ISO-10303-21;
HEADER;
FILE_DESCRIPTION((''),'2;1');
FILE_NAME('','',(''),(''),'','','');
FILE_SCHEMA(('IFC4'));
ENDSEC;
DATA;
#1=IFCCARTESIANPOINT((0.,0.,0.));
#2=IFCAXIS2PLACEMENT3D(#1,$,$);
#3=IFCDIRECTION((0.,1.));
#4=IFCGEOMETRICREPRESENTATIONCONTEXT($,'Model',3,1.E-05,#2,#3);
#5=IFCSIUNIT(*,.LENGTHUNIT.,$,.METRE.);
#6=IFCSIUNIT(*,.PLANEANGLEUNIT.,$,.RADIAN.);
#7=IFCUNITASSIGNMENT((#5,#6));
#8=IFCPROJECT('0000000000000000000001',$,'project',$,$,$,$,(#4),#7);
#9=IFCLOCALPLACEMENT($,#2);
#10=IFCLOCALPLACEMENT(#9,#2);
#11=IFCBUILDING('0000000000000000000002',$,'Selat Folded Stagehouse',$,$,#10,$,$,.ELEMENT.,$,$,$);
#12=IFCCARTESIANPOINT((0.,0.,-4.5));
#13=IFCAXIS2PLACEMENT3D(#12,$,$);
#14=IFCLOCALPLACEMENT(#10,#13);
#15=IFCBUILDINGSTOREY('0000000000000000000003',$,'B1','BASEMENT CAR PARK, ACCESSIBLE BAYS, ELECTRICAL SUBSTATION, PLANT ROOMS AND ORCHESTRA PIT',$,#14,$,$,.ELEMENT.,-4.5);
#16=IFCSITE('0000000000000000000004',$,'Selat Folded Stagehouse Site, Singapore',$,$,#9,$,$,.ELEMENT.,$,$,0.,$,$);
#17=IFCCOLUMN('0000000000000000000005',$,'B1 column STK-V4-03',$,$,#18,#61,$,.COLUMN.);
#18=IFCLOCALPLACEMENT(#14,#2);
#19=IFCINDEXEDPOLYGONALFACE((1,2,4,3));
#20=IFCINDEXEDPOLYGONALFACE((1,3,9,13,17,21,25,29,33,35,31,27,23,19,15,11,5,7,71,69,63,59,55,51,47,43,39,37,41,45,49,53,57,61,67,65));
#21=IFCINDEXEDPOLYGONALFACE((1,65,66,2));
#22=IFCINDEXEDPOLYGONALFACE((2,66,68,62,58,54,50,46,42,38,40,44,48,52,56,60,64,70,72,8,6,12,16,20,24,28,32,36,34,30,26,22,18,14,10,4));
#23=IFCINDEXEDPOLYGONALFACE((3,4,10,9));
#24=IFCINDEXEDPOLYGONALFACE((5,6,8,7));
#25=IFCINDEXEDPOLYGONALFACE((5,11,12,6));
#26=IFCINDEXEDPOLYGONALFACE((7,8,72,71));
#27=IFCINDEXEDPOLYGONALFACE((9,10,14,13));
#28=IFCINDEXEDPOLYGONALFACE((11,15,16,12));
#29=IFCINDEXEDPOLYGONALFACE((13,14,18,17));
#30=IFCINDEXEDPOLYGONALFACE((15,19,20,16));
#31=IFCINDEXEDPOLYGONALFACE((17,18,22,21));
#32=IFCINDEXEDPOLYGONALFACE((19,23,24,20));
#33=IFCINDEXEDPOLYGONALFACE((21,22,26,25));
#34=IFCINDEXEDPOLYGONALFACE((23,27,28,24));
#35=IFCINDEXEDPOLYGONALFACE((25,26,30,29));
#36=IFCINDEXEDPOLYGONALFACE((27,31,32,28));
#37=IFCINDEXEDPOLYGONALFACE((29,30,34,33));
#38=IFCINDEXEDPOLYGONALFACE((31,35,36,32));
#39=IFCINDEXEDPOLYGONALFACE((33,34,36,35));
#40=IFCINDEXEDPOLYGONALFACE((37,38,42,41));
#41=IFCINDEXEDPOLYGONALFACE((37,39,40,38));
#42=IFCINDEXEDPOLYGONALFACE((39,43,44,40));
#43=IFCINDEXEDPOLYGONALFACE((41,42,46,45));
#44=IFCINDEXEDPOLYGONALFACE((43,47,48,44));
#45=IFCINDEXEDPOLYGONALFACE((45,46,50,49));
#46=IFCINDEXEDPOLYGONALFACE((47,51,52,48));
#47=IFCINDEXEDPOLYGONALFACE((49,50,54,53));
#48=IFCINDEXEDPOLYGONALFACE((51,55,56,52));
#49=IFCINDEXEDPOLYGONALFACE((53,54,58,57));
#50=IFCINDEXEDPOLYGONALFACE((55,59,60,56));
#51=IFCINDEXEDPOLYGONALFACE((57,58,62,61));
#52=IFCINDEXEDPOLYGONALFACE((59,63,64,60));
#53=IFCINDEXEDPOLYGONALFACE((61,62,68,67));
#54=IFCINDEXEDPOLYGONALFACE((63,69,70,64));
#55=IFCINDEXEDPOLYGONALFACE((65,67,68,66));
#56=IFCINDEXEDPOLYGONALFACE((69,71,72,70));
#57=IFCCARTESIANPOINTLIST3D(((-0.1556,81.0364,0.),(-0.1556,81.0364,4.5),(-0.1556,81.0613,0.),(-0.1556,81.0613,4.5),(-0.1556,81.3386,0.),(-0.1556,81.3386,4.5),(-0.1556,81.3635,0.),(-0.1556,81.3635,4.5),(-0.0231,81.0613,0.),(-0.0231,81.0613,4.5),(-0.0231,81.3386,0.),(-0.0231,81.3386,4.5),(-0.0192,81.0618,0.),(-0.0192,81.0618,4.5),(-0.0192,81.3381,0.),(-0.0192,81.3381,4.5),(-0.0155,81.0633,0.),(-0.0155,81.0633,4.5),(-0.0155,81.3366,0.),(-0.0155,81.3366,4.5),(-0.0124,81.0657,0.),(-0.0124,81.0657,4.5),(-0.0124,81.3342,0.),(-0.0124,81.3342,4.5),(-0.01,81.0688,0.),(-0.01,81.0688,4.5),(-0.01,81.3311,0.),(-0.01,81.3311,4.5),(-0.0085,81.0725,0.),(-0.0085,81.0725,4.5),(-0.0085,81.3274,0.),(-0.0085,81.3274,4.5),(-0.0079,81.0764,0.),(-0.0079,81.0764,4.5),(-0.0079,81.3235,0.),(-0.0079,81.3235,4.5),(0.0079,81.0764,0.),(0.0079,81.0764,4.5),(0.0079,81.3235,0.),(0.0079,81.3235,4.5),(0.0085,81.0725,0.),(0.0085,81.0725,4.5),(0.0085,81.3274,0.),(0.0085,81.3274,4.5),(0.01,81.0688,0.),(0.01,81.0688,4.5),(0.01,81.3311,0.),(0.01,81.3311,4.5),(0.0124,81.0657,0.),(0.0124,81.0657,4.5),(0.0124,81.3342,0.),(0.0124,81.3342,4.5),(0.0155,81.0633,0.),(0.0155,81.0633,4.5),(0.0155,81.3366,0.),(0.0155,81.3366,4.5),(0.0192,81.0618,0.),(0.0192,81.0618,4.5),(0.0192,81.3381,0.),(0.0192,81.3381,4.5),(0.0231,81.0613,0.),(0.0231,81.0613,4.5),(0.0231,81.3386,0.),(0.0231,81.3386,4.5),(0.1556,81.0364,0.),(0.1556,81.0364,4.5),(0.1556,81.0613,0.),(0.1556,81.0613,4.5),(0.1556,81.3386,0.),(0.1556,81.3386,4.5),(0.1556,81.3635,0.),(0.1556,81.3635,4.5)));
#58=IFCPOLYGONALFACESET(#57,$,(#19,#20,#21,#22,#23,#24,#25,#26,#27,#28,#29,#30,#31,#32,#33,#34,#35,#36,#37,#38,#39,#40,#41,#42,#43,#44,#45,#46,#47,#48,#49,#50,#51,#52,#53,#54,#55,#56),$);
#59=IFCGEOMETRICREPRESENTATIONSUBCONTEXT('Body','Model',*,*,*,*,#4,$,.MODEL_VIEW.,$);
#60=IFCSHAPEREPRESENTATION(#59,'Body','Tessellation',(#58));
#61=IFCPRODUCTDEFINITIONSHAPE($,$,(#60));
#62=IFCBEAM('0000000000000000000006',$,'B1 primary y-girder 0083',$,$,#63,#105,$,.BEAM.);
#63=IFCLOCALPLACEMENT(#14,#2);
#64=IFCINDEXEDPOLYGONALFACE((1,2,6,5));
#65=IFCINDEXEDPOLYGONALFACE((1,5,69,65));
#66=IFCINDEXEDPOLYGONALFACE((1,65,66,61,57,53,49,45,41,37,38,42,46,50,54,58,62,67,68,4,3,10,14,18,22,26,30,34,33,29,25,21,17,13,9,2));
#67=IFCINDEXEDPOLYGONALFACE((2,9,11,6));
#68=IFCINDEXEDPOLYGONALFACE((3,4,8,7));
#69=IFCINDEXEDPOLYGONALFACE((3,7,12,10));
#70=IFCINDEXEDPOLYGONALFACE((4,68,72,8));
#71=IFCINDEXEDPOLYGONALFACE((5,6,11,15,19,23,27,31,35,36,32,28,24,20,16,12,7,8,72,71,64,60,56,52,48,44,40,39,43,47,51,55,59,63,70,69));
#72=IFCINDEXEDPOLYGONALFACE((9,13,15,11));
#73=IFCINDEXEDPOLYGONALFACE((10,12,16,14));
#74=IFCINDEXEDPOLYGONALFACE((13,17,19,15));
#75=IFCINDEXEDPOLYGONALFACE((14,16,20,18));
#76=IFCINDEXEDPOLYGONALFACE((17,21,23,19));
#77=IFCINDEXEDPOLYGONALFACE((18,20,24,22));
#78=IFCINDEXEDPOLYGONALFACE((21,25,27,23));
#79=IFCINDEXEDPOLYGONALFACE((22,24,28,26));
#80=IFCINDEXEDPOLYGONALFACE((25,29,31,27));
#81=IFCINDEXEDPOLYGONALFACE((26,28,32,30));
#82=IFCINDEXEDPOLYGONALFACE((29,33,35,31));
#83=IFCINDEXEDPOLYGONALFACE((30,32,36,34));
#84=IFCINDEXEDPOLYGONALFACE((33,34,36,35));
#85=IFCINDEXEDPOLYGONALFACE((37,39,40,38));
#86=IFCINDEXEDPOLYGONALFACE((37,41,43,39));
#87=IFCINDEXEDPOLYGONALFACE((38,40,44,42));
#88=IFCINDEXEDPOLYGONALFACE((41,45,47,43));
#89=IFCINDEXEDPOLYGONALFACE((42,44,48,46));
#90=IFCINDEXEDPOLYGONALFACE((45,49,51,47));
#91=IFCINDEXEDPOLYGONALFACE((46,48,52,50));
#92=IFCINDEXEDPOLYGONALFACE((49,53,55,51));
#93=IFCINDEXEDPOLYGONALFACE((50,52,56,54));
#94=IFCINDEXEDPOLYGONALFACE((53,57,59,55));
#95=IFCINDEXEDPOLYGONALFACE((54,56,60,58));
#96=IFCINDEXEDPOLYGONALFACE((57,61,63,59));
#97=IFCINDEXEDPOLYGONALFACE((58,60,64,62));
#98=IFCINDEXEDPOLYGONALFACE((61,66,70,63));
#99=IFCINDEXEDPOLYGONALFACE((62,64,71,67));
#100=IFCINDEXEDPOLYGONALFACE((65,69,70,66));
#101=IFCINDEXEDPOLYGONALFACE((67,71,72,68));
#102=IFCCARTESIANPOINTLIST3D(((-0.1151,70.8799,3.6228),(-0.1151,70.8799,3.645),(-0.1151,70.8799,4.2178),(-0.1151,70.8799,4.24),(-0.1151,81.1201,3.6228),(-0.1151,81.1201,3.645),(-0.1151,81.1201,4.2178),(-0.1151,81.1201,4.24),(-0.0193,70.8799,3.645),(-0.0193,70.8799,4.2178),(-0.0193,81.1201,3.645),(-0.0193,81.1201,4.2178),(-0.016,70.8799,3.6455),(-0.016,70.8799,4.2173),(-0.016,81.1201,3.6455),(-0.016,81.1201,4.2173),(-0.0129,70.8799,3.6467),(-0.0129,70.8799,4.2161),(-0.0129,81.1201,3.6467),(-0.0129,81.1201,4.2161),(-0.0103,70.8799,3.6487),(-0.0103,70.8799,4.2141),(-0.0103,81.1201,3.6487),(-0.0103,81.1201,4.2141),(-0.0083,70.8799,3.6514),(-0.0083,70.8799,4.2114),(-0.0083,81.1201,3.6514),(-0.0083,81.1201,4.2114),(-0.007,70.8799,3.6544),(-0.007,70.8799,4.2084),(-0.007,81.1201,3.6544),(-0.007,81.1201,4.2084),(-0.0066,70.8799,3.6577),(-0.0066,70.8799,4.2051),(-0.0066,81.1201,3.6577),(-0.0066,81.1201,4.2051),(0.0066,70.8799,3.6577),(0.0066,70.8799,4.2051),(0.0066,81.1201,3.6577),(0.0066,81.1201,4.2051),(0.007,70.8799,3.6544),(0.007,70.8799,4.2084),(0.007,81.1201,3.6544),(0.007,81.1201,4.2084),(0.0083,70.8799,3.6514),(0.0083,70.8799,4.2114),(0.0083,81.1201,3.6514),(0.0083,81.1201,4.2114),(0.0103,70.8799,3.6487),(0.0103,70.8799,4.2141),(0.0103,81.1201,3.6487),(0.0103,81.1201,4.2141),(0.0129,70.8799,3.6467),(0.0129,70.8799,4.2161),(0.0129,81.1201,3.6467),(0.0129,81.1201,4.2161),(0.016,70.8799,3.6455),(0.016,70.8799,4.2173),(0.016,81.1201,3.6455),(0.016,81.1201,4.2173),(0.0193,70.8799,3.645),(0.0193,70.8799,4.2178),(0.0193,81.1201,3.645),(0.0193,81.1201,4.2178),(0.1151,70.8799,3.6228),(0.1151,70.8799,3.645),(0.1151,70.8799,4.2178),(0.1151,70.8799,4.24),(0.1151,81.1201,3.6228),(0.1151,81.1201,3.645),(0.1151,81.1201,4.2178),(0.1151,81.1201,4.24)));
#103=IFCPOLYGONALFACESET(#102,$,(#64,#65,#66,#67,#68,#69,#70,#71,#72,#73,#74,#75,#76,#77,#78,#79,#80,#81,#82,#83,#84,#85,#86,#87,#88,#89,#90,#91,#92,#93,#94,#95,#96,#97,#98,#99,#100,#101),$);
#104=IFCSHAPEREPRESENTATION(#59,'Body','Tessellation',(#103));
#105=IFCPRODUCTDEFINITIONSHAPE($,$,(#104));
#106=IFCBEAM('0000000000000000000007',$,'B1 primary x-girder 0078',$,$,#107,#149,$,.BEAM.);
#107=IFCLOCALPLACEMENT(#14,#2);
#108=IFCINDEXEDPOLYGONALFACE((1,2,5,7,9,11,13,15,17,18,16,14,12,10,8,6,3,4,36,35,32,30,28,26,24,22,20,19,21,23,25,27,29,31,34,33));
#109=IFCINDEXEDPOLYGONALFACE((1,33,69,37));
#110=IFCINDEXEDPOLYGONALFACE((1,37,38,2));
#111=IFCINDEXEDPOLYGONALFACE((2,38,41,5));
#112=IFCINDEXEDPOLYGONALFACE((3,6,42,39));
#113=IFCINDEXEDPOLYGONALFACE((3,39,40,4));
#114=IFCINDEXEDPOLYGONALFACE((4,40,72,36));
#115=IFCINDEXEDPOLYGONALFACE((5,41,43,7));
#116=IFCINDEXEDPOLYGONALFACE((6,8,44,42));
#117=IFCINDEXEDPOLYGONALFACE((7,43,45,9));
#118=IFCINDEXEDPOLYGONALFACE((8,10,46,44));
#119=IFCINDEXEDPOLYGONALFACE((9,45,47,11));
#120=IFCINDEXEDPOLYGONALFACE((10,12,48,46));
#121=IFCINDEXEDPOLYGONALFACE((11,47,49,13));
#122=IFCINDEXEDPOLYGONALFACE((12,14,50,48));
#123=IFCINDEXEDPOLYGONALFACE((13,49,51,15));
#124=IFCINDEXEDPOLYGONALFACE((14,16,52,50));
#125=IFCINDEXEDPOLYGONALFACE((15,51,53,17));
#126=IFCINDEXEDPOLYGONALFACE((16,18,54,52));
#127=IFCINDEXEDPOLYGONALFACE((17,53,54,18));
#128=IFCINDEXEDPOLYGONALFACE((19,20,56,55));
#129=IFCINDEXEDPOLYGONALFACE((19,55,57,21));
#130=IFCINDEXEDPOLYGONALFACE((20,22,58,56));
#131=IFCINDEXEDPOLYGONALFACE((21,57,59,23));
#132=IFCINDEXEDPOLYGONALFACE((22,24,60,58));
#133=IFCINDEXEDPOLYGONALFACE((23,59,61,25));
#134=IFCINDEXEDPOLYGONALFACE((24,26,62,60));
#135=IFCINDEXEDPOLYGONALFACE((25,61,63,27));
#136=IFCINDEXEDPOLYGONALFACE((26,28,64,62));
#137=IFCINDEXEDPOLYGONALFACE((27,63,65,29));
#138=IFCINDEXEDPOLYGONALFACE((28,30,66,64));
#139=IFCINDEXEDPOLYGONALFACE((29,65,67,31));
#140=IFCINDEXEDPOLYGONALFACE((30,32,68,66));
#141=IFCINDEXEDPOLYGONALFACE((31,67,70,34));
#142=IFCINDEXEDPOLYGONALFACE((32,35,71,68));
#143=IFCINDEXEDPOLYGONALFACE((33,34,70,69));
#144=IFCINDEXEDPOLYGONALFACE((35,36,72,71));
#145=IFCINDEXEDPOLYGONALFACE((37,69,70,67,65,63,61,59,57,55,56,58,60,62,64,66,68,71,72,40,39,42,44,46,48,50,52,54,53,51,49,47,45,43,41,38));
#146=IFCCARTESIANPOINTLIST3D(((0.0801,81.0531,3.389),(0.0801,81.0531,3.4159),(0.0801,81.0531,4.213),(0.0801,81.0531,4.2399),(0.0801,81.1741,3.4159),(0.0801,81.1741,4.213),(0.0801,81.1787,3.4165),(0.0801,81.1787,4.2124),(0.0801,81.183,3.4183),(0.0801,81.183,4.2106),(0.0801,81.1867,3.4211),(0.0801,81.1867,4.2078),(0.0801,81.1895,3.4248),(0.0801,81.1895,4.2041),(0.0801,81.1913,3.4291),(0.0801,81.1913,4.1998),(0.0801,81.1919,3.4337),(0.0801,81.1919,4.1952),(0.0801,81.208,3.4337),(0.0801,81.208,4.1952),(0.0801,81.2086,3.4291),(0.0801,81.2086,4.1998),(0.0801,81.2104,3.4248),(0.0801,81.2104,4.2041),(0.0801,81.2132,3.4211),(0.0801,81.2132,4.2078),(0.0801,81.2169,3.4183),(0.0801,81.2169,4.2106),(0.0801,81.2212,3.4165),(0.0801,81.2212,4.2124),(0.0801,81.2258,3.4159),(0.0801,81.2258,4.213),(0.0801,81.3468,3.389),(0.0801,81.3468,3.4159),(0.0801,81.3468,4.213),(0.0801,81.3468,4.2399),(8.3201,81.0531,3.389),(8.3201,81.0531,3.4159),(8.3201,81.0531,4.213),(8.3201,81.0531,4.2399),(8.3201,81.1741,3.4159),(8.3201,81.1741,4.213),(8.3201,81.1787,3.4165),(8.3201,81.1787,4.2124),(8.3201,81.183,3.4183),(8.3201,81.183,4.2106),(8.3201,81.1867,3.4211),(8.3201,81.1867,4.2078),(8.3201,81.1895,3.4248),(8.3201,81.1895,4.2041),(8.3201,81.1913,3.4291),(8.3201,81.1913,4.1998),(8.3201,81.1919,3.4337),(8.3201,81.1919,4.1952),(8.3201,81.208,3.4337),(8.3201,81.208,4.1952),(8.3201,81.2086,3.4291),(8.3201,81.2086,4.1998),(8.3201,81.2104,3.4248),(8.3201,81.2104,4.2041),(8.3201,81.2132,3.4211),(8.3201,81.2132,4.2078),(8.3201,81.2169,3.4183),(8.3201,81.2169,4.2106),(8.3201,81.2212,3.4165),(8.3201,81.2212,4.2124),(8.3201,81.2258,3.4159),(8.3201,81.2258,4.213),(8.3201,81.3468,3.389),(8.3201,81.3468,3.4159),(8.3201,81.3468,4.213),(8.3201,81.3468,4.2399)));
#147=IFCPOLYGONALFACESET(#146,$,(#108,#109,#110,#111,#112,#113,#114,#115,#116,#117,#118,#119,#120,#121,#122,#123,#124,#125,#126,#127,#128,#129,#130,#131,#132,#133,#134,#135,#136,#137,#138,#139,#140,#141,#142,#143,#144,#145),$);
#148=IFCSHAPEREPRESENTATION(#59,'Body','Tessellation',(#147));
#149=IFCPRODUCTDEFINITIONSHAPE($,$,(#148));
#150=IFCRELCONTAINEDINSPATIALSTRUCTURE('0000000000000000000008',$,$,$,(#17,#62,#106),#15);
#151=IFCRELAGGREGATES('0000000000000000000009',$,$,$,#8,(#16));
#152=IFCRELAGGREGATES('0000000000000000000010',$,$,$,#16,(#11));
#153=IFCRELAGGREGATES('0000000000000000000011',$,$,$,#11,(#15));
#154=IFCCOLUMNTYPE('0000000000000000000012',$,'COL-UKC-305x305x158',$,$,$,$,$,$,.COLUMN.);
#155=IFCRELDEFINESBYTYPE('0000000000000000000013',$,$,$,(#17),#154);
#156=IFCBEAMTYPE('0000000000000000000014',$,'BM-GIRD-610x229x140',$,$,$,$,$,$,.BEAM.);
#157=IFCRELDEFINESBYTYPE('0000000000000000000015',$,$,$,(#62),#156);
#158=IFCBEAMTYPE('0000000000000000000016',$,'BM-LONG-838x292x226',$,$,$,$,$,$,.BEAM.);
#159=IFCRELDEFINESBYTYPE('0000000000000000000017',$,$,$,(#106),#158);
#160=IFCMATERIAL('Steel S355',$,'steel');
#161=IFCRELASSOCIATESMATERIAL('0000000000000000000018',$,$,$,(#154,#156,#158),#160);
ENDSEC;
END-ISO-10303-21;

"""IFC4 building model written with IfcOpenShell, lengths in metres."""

from ifc_helpers import new_model, si_unit, direction, frame, origin, origin_2d, place, context, subcontext, project, spatial, i_section, extrude, material, material_profile, profile_set, type_object, element, save


model = new_model("IFC4")

# Units and contexts
model_context = context("Model", 3, precision=1e-05, world=origin(), true_north=direction((0.0, 1.0)))
body_context = subcontext(model_context, "Body", "Model", "MODEL_VIEW")
ifc_project = project(units=[si_unit("LENGTHUNIT", "METRE"), si_unit("PLANEANGLEUNIT", "RADIAN")], contexts=[model_context])

# Site, building, storey
site_placement = place(None, origin())
site = spatial("IfcSite", under=ifc_project, at=site_placement, Name="Selat Folded Stagehouse Site, Singapore", CompositionType="ELEMENT", RefElevation=0.0)
building_placement = place(site_placement, origin())
building = spatial("IfcBuilding", under=site, at=building_placement, Name="Selat Folded Stagehouse", CompositionType="ELEMENT")
storey_placement = place(building_placement, frame((0.0, 0.0, -4.5)))
storey = spatial("IfcBuildingStorey", under=building, at=storey_placement, Name="B1", Description="BASEMENT CAR PARK, ACCESSIBLE BAYS, ELECTRICAL SUBSTATION, PLANT ROOMS AND ORCHESTRA PIT", CompositionType="ELEMENT", Elevation=-4.5)

# Column
ifc_material_1 = material(Name="Steel S355", Category="steel")
ifc_material_profile_1 = material_profile(ifc_material_1, i_section(OverallWidth=0.3113, OverallDepth=0.3271, WebThickness=0.0159, FlangeThickness=0.0249, FilletRadius=0.0151, at=origin_2d()), Name="UKC 305x305x158")
ifc_profile_set_1 = profile_set([ifc_material_profile_1], Name="Steel S355")
column_type = type_object("IfcColumnType", Name="COL-UKC-305x305x158", PredefinedType="COLUMN", material=ifc_profile_set_1)
for number, where, z_axis, x_axis, name in (
    (1, (0.0, 81.2, 0.0), (0.0, 0.0, 1.0), (1.0, 0.0, 0.0), "B1 column STK-V4-03"),
):
    element("IfcColumn", number, at=place(storey_placement, frame(where, z_axis=z_axis, x_axis=x_axis)), inside=storey, type_object=column_type, Name=name, PredefinedType="COLUMN", context=body_context, shape_type="SweptSolid", body=[
        extrude(i_section(OverallWidth=0.3113, OverallDepth=0.3271, WebThickness=0.0159, FlangeThickness=0.0249, FilletRadius=0.0151, at=origin_2d()), origin(), (0.0, 0.0, 1.0), 4.5),
    ])

# Beams
ifc_material_profile_2 = material_profile(ifc_material_1, i_section(OverallWidth=0.2302, OverallDepth=0.6172, WebThickness=0.0132, FlangeThickness=0.0222, FilletRadius=0.0127, at=origin_2d()), Name="UKB 610x229x140")
ifc_profile_set_2 = profile_set([ifc_material_profile_2], Name="Steel S355")
beam_type_1 = type_object("IfcBeamType", Name="BM-GIRD-610x229x140", PredefinedType="BEAM", material=ifc_profile_set_2)
beam_1_placement = place(storey_placement, frame((0.0, 70.8799, 3.9314), z_axis=(0.0, 1.0, 0.0), x_axis=(-1.0, 0.0, 0.0)))
element("IfcBeam", 2, at=beam_1_placement, inside=storey, type_object=beam_type_1, Name="B1 primary y-girder 0083", PredefinedType="BEAM", context=body_context, shape_type="SweptSolid", body=[
    extrude(i_section(OverallWidth=0.2302, OverallDepth=0.6172, WebThickness=0.0132, FlangeThickness=0.0222, FilletRadius=0.0127, at=origin_2d()), origin(), (0.0, 0.0, 1.0), 10.2402),
])
ifc_material_profile_3 = material_profile(ifc_material_1, i_section(OverallWidth=0.2937, OverallDepth=0.8508, WebThickness=0.0161, FlangeThickness=0.0269, FilletRadius=0.0178, at=origin_2d()), Name="UKB 838x292x226")
ifc_profile_set_3 = profile_set([ifc_material_profile_3], Name="Steel S355")
beam_type_2 = type_object("IfcBeamType", Name="BM-LONG-838x292x226", PredefinedType="BEAM", material=ifc_profile_set_3)
beam_2_placement = place(storey_placement, frame((0.0801, 81.2, 3.8145), z_axis=(1.0, 0.0, 0.0), x_axis=(0.0, 1.0, 0.0)))
element("IfcBeam", 3, at=beam_2_placement, inside=storey, type_object=beam_type_2, Name="B1 primary x-girder 0078", PredefinedType="BEAM", context=body_context, shape_type="SweptSolid", body=[
    extrude(i_section(OverallWidth=0.2937, OverallDepth=0.8508, WebThickness=0.0161, FlangeThickness=0.0269, FilletRadius=0.0178, at=origin_2d()), origin(), (0.0, 0.0, 1.0), 8.24),
])

save(model, "model.ifc")
